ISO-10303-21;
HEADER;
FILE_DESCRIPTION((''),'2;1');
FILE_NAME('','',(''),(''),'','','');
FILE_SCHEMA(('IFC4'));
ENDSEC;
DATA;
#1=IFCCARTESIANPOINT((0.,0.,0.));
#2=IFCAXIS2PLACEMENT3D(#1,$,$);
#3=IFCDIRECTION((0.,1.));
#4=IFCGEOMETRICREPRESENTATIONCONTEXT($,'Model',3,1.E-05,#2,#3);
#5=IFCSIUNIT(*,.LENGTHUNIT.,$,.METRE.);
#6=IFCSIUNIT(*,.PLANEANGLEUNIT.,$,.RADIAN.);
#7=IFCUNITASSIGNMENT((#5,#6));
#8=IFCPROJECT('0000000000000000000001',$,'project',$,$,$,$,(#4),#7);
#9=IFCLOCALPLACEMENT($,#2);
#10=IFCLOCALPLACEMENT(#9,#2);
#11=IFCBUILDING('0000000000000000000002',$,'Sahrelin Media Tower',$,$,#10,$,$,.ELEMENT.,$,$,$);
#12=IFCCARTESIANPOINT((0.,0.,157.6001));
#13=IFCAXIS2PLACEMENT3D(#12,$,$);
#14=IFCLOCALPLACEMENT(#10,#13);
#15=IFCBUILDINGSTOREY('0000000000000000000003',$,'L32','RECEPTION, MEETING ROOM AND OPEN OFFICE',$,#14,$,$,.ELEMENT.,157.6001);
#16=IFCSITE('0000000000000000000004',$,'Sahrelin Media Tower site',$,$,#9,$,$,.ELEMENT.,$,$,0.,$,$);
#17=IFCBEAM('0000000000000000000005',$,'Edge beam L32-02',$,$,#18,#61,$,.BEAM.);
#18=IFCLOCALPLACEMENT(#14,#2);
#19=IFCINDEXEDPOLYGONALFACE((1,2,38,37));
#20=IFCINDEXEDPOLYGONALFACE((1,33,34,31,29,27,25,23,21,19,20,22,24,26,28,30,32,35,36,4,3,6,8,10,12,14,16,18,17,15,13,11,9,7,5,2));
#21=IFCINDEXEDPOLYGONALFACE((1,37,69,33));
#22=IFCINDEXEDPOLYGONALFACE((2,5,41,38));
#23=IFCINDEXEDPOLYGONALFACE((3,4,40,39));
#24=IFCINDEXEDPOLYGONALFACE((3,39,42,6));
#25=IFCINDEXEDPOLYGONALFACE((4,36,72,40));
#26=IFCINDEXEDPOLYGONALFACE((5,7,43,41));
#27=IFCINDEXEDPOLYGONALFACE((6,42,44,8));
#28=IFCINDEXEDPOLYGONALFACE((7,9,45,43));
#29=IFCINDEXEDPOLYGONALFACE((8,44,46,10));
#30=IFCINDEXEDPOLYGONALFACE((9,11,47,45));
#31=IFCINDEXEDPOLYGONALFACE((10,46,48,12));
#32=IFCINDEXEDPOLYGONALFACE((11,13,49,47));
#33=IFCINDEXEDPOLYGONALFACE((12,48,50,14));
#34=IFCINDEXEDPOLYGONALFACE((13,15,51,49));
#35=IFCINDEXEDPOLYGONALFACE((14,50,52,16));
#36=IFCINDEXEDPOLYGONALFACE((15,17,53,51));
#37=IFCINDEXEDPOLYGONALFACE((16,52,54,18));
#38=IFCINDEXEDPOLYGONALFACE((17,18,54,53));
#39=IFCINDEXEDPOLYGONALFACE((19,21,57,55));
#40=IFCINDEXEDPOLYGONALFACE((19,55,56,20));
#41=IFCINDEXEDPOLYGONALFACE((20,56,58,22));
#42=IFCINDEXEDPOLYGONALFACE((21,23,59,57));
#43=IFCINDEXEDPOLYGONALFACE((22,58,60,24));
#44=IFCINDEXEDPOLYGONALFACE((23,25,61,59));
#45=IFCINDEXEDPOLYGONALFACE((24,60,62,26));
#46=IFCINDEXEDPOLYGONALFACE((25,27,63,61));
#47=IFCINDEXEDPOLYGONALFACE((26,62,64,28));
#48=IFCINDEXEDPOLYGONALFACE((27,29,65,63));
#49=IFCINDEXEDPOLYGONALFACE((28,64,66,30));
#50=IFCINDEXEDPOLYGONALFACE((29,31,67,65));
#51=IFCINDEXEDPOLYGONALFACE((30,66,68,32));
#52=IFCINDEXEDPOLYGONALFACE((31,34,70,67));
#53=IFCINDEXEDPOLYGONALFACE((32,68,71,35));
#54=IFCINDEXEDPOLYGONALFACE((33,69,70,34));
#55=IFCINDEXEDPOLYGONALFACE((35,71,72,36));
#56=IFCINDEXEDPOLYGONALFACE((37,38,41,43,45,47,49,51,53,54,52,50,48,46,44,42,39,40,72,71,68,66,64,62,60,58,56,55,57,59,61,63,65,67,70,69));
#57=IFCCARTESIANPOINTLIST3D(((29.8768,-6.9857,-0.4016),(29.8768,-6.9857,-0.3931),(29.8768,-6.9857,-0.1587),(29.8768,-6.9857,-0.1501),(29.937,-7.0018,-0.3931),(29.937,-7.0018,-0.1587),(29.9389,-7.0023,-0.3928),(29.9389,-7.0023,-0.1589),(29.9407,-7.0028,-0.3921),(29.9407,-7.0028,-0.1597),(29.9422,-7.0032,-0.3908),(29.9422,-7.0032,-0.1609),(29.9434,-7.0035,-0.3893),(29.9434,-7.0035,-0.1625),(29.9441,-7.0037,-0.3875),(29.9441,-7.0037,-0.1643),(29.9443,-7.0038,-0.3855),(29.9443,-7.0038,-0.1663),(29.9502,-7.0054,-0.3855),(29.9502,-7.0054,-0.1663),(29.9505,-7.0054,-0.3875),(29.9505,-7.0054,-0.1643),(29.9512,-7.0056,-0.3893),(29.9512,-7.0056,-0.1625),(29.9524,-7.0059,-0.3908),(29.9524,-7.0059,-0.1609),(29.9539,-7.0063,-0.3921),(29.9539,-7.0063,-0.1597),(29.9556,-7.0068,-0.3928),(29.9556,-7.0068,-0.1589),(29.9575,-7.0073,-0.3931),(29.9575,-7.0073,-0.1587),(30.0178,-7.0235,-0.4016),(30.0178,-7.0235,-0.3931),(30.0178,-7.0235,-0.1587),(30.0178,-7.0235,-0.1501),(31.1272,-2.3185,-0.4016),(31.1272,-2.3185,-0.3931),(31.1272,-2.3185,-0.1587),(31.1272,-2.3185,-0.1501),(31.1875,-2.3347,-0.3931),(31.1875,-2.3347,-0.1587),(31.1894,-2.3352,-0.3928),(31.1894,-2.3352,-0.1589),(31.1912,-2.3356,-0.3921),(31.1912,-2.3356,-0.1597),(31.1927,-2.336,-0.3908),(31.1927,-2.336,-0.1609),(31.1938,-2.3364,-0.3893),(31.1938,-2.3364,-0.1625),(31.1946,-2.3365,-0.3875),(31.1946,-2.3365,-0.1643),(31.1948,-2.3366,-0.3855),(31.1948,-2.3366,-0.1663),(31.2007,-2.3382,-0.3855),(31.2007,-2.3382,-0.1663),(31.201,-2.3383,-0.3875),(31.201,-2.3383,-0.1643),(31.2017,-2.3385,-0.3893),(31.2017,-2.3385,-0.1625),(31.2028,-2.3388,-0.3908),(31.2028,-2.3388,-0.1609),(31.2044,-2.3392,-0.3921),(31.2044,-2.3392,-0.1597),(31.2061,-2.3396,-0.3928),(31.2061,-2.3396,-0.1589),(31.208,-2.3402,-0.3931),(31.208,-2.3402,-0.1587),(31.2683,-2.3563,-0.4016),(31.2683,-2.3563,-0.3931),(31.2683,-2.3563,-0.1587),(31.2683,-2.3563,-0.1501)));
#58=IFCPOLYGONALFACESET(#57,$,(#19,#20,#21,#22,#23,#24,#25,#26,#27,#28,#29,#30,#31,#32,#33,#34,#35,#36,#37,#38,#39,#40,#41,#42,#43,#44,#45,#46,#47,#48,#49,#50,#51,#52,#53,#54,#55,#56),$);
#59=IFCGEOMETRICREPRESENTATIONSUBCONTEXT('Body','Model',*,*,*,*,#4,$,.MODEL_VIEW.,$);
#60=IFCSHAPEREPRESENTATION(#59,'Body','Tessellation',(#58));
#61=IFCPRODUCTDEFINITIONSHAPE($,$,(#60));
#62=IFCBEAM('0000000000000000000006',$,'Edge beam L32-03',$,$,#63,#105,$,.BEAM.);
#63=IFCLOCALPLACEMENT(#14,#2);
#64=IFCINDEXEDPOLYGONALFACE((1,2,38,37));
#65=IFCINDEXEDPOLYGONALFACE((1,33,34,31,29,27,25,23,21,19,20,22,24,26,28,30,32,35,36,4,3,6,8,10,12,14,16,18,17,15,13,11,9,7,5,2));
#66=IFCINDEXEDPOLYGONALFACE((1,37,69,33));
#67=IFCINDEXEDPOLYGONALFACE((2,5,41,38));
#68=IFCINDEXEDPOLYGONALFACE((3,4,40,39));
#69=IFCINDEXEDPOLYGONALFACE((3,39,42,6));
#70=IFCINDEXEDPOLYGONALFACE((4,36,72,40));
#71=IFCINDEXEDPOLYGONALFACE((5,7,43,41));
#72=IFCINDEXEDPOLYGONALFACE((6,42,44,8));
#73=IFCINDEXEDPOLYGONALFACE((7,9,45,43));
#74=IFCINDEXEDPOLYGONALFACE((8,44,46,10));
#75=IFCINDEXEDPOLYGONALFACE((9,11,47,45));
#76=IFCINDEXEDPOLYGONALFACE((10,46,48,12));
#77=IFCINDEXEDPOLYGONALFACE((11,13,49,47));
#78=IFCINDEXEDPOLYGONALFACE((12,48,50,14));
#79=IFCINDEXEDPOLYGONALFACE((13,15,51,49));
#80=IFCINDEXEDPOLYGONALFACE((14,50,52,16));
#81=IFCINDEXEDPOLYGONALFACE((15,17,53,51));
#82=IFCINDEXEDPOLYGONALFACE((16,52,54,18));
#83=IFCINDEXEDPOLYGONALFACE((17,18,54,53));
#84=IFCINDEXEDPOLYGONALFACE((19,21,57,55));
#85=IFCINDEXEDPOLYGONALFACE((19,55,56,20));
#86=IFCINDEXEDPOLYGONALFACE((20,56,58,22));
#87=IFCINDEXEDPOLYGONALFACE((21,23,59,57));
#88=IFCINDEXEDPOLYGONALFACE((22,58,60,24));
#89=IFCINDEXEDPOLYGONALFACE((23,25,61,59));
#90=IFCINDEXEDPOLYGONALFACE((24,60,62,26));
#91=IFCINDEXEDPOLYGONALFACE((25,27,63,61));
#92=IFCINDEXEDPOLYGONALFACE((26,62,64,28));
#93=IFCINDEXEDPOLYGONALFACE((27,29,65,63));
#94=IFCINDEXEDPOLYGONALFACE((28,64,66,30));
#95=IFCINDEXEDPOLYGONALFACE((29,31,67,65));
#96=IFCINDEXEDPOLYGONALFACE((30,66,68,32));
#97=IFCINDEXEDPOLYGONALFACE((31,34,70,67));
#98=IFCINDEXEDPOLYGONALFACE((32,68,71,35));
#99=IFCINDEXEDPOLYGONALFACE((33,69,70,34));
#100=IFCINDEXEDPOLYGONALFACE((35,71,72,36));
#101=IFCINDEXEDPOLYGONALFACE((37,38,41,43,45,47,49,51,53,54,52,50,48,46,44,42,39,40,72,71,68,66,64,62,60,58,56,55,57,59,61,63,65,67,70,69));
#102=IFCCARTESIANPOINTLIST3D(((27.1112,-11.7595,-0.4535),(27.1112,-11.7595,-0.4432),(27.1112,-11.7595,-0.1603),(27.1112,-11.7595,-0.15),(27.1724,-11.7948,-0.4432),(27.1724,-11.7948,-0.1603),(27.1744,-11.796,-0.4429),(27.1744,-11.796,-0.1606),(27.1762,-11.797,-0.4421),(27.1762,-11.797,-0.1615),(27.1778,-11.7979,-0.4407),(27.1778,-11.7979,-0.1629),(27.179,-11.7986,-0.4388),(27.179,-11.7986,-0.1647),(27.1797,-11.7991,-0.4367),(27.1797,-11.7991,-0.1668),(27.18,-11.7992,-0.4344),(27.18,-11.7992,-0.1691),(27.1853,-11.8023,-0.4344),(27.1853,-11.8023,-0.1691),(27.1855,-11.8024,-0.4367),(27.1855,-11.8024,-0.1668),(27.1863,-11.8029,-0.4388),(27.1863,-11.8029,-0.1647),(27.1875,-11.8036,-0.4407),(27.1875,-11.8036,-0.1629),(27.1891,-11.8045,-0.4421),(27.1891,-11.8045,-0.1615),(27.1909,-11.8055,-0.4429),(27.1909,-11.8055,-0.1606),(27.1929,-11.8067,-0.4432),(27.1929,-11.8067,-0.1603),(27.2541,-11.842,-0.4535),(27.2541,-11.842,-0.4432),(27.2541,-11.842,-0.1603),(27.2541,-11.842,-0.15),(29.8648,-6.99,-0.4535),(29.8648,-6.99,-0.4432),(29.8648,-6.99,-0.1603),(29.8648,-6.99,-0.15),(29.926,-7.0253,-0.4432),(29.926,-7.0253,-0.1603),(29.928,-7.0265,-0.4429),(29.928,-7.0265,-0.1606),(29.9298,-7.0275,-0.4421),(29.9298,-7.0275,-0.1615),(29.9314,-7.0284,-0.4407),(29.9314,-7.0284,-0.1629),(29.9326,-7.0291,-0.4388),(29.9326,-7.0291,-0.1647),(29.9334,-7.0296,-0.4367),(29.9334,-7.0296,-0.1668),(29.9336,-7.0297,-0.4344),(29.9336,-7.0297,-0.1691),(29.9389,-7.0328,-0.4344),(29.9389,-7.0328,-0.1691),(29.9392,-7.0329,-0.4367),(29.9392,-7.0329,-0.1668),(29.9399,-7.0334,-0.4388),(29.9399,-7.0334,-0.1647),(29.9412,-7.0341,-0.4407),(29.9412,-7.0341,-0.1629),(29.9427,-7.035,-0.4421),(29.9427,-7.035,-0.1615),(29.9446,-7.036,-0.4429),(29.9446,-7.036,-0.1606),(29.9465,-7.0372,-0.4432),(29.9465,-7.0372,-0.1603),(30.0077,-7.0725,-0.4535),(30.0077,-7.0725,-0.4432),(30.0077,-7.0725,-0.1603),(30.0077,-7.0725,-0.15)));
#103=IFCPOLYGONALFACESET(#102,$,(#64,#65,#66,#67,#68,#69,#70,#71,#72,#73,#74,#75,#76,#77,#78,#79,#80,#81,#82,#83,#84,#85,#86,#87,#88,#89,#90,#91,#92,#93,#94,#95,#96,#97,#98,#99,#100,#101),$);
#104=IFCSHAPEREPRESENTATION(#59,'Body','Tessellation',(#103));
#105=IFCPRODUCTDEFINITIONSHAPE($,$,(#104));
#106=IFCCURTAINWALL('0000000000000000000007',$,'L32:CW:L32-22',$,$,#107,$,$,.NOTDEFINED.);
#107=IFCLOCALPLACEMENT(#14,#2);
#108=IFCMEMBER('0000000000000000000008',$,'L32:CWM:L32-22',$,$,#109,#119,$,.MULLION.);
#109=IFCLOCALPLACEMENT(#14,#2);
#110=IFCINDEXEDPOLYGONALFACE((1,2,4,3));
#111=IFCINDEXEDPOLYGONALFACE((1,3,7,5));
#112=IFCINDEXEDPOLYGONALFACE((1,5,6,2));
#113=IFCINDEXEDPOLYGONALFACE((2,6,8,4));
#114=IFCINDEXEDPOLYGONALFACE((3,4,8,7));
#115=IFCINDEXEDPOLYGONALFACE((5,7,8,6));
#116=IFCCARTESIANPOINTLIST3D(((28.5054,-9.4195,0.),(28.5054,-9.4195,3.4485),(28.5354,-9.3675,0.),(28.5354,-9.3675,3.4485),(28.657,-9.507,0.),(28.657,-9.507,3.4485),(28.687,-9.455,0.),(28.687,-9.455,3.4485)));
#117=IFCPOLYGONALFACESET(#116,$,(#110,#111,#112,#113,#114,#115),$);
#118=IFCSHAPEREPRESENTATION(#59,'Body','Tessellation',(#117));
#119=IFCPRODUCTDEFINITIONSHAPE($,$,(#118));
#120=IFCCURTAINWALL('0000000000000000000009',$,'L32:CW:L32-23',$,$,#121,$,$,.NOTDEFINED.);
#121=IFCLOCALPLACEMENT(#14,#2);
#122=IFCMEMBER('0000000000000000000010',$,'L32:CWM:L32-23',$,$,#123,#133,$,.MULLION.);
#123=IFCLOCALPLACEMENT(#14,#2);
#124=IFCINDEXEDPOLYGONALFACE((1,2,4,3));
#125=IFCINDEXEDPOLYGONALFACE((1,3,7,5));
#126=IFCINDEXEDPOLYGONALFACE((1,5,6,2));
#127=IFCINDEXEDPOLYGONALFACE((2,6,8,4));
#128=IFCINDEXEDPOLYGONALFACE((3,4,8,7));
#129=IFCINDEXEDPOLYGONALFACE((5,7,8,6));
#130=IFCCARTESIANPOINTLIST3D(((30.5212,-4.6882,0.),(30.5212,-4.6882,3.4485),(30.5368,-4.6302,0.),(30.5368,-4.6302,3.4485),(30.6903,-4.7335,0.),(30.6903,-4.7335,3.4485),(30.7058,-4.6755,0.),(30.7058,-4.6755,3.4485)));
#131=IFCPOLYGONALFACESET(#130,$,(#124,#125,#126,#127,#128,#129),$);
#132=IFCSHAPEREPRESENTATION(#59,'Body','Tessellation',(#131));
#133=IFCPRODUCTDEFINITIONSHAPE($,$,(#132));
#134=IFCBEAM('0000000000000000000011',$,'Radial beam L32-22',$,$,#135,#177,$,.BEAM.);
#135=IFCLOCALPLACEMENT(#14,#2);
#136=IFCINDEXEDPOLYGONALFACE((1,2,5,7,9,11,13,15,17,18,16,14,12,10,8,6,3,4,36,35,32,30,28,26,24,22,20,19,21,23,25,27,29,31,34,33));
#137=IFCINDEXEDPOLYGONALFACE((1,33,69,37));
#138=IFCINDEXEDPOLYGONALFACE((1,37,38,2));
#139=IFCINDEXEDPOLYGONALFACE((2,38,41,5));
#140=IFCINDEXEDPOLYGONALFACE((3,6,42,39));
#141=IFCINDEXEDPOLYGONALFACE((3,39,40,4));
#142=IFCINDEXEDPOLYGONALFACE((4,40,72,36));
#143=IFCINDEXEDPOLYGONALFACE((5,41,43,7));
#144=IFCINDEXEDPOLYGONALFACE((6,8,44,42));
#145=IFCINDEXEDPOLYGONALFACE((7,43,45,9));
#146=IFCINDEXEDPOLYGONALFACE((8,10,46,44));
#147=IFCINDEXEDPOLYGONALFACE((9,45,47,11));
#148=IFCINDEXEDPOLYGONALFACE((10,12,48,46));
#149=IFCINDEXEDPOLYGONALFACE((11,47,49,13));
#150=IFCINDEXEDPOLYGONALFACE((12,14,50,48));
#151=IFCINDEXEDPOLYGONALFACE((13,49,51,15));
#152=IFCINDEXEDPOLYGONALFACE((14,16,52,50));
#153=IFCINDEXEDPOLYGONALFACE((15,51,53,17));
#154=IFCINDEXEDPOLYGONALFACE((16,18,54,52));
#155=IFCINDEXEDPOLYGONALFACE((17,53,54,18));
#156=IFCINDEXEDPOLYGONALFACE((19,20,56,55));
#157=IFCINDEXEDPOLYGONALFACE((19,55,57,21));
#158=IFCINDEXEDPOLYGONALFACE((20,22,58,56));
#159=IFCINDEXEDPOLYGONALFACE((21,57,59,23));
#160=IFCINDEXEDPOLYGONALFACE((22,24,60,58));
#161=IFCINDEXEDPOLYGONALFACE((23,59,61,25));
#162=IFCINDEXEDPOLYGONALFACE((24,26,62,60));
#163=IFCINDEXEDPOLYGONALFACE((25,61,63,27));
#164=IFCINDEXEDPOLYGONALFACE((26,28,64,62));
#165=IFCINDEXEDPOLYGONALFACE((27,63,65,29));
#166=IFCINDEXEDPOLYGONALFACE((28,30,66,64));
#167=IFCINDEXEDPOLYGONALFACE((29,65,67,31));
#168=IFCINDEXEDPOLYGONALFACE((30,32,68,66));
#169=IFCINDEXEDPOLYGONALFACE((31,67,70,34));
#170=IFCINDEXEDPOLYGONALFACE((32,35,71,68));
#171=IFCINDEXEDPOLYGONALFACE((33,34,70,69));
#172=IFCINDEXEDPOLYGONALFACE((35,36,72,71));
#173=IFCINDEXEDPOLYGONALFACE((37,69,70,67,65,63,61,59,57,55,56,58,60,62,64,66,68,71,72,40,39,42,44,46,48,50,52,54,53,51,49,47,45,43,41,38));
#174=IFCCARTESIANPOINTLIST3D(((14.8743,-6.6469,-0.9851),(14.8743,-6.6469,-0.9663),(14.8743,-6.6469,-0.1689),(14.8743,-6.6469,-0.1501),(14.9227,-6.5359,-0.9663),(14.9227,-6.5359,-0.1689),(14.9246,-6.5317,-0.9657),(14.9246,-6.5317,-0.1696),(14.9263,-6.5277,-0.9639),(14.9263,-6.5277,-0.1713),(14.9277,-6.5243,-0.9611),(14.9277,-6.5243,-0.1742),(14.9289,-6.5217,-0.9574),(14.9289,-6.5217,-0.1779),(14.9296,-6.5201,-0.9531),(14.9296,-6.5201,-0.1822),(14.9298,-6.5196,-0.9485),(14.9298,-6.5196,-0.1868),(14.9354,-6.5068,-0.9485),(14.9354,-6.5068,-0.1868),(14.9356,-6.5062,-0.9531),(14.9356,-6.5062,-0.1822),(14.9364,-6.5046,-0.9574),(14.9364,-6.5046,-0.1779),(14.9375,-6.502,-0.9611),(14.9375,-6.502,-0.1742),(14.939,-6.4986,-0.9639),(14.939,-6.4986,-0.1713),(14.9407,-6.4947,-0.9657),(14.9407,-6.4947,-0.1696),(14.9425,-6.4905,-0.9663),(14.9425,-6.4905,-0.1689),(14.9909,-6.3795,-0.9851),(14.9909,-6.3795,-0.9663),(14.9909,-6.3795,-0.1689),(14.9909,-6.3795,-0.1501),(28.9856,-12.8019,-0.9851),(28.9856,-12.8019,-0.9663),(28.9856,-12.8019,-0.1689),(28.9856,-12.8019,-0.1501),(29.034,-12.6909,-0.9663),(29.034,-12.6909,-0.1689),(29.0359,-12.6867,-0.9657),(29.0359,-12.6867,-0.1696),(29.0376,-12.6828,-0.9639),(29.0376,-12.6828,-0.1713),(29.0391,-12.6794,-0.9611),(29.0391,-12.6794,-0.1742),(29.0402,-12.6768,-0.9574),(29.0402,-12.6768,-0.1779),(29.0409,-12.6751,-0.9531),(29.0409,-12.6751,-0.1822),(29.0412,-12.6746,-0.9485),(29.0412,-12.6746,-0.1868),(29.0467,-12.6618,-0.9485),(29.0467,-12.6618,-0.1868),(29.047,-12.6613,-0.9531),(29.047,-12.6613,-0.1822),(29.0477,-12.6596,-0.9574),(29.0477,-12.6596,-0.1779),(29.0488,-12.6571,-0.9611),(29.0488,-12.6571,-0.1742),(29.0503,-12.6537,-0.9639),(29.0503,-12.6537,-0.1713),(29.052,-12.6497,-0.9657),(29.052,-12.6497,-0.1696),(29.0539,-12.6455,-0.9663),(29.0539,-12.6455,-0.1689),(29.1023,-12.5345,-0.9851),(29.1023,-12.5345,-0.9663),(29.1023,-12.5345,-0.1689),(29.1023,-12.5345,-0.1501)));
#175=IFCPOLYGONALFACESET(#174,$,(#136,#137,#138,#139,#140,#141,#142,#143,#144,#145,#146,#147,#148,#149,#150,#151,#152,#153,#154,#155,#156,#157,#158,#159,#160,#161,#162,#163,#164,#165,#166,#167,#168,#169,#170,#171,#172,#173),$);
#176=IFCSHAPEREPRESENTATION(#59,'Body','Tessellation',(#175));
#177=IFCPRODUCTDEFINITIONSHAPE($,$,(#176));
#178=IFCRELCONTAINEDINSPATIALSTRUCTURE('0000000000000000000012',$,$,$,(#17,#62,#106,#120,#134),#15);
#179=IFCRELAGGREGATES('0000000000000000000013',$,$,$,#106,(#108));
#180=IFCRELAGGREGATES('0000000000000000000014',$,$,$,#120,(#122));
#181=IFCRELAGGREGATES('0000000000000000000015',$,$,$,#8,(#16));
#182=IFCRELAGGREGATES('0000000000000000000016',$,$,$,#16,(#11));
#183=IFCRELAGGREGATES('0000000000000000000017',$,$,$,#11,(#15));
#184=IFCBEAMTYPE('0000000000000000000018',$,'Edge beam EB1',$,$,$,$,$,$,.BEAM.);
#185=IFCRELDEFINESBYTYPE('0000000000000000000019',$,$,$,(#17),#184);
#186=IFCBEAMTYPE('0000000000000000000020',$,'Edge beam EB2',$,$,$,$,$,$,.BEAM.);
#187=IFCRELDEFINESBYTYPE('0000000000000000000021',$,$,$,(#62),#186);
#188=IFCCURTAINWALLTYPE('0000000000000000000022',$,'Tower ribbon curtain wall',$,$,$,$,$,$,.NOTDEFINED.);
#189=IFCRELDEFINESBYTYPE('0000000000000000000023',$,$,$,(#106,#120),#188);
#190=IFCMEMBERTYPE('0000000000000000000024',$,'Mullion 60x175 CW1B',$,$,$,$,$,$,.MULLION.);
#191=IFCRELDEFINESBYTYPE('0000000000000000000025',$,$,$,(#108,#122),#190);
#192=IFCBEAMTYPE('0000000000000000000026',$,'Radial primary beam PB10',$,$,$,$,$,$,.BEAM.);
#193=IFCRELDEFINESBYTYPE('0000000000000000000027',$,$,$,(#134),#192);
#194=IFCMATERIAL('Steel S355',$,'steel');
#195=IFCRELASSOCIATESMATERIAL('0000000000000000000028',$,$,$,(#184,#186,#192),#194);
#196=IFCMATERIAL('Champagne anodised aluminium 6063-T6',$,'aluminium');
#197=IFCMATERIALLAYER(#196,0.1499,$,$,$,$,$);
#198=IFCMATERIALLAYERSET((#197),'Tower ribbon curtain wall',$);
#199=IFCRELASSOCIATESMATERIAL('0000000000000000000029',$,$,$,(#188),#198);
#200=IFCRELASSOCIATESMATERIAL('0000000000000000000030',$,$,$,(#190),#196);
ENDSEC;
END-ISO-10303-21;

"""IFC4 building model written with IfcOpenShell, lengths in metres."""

from ifc_helpers import new_model, si_unit, direction, frame, origin, origin_2d, place, context, subcontext, project, spatial, rectangle, i_section, extrude, material, layer, layer_set, material_profile, profile_set, type_object, element, aggregate, save


model = new_model("IFC4")

# Units and contexts
model_context = context("Model", 3, precision=1e-05, world=origin(), true_north=direction((0.0, 1.0)))
body_context = subcontext(model_context, "Body", "Model", "MODEL_VIEW")
ifc_project = project(units=[si_unit("LENGTHUNIT", "METRE"), si_unit("PLANEANGLEUNIT", "RADIAN")], contexts=[model_context])

# Site, building, storey
site_placement = place(None, origin())
site = spatial("IfcSite", under=ifc_project, at=site_placement, Name="Sahrelin Media Tower site", CompositionType="ELEMENT", RefElevation=0.0)
building_placement = place(site_placement, origin())
building = spatial("IfcBuilding", under=site, at=building_placement, Name="Sahrelin Media Tower", CompositionType="ELEMENT")
storey_placement = place(building_placement, frame((0.0, 0.0, 157.6001)))
storey = spatial("IfcBuildingStorey", under=building, at=storey_placement, Name="L32", Description="RECEPTION, MEETING ROOM AND OPEN OFFICE", CompositionType="ELEMENT", Elevation=157.6001)

# Beams
ifc_material_1 = material(Name="Steel S355", Category="steel")
ifc_material_profile_1 = material_profile(ifc_material_1, i_section(OverallWidth=0.146, OverallDepth=0.2515, WebThickness=0.0061, FlangeThickness=0.0085, FilletRadius=0.0076, at=origin_2d()), Name="UB 254x146x31")
ifc_profile_set_1 = profile_set([ifc_material_profile_1], Name="Steel S355")
beam_type_1 = type_object("IfcBeamType", Name="Edge beam EB1", PredefinedType="BEAM", material=ifc_profile_set_1)
beam_1_placement = place(storey_placement, frame((31.1978, -2.3374, -0.2759), z_axis=(-0.258801, -0.965931, 0.0), x_axis=(0.965931, -0.258801, 0.0)))
element("IfcBeam", 1, at=beam_1_placement, inside=storey, type_object=beam_type_1, Name="Edge beam L32-02", PredefinedType="BEAM", context=body_context, shape_type="SweptSolid", body=[
    extrude(i_section(OverallWidth=0.146, OverallDepth=0.2515, WebThickness=0.0061, FlangeThickness=0.0085, FilletRadius=0.0076, at=origin_2d()), origin(), (0.0, 0.0, 1.0), 4.8318),
])
ifc_material_profile_2 = material_profile(ifc_material_1, i_section(OverallWidth=0.165, OverallDepth=0.3035, WebThickness=0.0061, FlangeThickness=0.0103, FilletRadius=0.0088, at=origin_2d()), Name="UB 305x165x40")
ifc_profile_set_2 = profile_set([ifc_material_profile_2], Name="Steel S355")
beam_type_2 = type_object("IfcBeamType", Name="Edge beam EB2", PredefinedType="BEAM", material=ifc_profile_set_2)
beam_2_placement = place(storey_placement, frame((29.9363, -7.0312, -0.3018), z_axis=(-0.499996, -0.866028, 0.0), x_axis=(0.866028, -0.499996, 0.0)))
element("IfcBeam", 2, at=beam_2_placement, inside=storey, type_object=beam_type_2, Name="Edge beam L32-03", PredefinedType="BEAM", context=body_context, shape_type="SweptSolid", body=[
    extrude(i_section(OverallWidth=0.165, OverallDepth=0.3035, WebThickness=0.0061, FlangeThickness=0.0103, FilletRadius=0.0088, at=origin_2d()), origin(), (0.0, 0.0, 1.0), 5.5073),
])

# Curtain walls, members
ifc_material_2 = material(Name="Champagne anodised aluminium 6063-T6", Category="aluminium")
ifc_layer_1 = layer(ifc_material_2, 0.1499)
ifc_layer_set_1 = layer_set([ifc_layer_1], Name="Tower ribbon curtain wall")
curtain_wall_type = type_object("IfcCurtainWallType", Name="Tower ribbon curtain wall", PredefinedType="NOTDEFINED", material=ifc_layer_set_1)
curtain_wall_1_placement = place(storey_placement, frame((28.6892, -9.491, 0.0), z_axis=(0.0, 0.0, 1.0), x_axis=(1.0, 0.0, 0.0)))
curtain_wall_1 = element("IfcCurtainWall", 3, at=curtain_wall_1_placement, inside=storey, type_object=curtain_wall_type, Name="L32:CW:L32-22", PredefinedType="NOTDEFINED")
ifc_material_profile_3 = material_profile(ifc_material_2, rectangle(XDim=0.0601, YDim=0.175, at=origin_2d()), Name="Mullion 60x175")
ifc_profile_set_3 = profile_set([ifc_material_profile_3], Name="Champagne anodised aluminium 6063-T6")
member_type_1 = type_object("IfcMemberType", Name="Mullion 60x175 CW1B", PredefinedType="MULLION", material=ifc_profile_set_3)
member_1_placement = place(storey_placement, frame((28.5962, -9.4373, 0.0), z_axis=(0.0, 0.0, 1.0), x_axis=(0.499998, 0.866026, 0.0)))
member_1 = element("IfcMember", 4, at=member_1_placement, type_object=member_type_1, Name="L32:CWM:L32-22", PredefinedType="MULLION", context=body_context, shape_type="SweptSolid", body=[
    extrude(rectangle(XDim=0.0601, YDim=0.175, at=origin_2d()), origin(), (0.0, 0.0, 1.0), 3.4485),
])
aggregate(curtain_wall_1, [member_1])
curtain_wall_2_placement = place(storey_placement, frame((30.7173, -4.7097, 0.0), z_axis=(0.0, 0.0, 1.0), x_axis=(1.0, 0.0, 0.0)))
curtain_wall_2 = element("IfcCurtainWall", 5, at=curtain_wall_2_placement, inside=storey, type_object=curtain_wall_type, Name="L32:CW:L32-23", PredefinedType="NOTDEFINED")
member_2_placement = place(storey_placement, frame((30.6135, -4.6819, 0.0), z_axis=(0.0, 0.0, 1.0), x_axis=(0.258807, 0.965929, 0.0)))
member_2 = element("IfcMember", 6, at=member_2_placement, type_object=member_type_1, Name="L32:CWM:L32-23", PredefinedType="MULLION", context=body_context, shape_type="SweptSolid", body=[
    extrude(rectangle(XDim=0.0601, YDim=0.175, at=origin_2d()), origin(), (0.0, 0.0, 1.0), 3.4485),
])

# Beam
ifc_material_profile_4 = material_profile(ifc_material_1, i_section(OverallWidth=0.2917, OverallDepth=0.835, WebThickness=0.0139, FlangeThickness=0.0188, FilletRadius=0.0178, at=origin_2d()), Name="UB 838x292x176")
ifc_profile_set_4 = profile_set([ifc_material_profile_4], Name="Steel S355")
beam_type_3 = type_object("IfcBeamType", Name="Radial primary beam PB10", PredefinedType="BEAM", material=ifc_profile_set_4)
beam_3_placement = place(storey_placement, frame((14.9326, -6.5132, -0.5676), z_axis=(0.916602, -0.3998, 0.0), x_axis=(0.3998, 0.916602, 0.0)))
element("IfcBeam", 7, at=beam_3_placement, inside=storey, type_object=beam_type_3, Name="Radial beam L32-22", PredefinedType="BEAM", context=body_context, shape_type="SweptSolid", body=[
    extrude(i_section(OverallWidth=0.2917, OverallDepth=0.835, WebThickness=0.0139, FlangeThickness=0.0188, FilletRadius=0.0178, at=origin_2d()), origin(), (0.0, 0.0, 1.0), 15.3953),
])

aggregate(curtain_wall_2, [member_2])

save(model, "model.ifc")
